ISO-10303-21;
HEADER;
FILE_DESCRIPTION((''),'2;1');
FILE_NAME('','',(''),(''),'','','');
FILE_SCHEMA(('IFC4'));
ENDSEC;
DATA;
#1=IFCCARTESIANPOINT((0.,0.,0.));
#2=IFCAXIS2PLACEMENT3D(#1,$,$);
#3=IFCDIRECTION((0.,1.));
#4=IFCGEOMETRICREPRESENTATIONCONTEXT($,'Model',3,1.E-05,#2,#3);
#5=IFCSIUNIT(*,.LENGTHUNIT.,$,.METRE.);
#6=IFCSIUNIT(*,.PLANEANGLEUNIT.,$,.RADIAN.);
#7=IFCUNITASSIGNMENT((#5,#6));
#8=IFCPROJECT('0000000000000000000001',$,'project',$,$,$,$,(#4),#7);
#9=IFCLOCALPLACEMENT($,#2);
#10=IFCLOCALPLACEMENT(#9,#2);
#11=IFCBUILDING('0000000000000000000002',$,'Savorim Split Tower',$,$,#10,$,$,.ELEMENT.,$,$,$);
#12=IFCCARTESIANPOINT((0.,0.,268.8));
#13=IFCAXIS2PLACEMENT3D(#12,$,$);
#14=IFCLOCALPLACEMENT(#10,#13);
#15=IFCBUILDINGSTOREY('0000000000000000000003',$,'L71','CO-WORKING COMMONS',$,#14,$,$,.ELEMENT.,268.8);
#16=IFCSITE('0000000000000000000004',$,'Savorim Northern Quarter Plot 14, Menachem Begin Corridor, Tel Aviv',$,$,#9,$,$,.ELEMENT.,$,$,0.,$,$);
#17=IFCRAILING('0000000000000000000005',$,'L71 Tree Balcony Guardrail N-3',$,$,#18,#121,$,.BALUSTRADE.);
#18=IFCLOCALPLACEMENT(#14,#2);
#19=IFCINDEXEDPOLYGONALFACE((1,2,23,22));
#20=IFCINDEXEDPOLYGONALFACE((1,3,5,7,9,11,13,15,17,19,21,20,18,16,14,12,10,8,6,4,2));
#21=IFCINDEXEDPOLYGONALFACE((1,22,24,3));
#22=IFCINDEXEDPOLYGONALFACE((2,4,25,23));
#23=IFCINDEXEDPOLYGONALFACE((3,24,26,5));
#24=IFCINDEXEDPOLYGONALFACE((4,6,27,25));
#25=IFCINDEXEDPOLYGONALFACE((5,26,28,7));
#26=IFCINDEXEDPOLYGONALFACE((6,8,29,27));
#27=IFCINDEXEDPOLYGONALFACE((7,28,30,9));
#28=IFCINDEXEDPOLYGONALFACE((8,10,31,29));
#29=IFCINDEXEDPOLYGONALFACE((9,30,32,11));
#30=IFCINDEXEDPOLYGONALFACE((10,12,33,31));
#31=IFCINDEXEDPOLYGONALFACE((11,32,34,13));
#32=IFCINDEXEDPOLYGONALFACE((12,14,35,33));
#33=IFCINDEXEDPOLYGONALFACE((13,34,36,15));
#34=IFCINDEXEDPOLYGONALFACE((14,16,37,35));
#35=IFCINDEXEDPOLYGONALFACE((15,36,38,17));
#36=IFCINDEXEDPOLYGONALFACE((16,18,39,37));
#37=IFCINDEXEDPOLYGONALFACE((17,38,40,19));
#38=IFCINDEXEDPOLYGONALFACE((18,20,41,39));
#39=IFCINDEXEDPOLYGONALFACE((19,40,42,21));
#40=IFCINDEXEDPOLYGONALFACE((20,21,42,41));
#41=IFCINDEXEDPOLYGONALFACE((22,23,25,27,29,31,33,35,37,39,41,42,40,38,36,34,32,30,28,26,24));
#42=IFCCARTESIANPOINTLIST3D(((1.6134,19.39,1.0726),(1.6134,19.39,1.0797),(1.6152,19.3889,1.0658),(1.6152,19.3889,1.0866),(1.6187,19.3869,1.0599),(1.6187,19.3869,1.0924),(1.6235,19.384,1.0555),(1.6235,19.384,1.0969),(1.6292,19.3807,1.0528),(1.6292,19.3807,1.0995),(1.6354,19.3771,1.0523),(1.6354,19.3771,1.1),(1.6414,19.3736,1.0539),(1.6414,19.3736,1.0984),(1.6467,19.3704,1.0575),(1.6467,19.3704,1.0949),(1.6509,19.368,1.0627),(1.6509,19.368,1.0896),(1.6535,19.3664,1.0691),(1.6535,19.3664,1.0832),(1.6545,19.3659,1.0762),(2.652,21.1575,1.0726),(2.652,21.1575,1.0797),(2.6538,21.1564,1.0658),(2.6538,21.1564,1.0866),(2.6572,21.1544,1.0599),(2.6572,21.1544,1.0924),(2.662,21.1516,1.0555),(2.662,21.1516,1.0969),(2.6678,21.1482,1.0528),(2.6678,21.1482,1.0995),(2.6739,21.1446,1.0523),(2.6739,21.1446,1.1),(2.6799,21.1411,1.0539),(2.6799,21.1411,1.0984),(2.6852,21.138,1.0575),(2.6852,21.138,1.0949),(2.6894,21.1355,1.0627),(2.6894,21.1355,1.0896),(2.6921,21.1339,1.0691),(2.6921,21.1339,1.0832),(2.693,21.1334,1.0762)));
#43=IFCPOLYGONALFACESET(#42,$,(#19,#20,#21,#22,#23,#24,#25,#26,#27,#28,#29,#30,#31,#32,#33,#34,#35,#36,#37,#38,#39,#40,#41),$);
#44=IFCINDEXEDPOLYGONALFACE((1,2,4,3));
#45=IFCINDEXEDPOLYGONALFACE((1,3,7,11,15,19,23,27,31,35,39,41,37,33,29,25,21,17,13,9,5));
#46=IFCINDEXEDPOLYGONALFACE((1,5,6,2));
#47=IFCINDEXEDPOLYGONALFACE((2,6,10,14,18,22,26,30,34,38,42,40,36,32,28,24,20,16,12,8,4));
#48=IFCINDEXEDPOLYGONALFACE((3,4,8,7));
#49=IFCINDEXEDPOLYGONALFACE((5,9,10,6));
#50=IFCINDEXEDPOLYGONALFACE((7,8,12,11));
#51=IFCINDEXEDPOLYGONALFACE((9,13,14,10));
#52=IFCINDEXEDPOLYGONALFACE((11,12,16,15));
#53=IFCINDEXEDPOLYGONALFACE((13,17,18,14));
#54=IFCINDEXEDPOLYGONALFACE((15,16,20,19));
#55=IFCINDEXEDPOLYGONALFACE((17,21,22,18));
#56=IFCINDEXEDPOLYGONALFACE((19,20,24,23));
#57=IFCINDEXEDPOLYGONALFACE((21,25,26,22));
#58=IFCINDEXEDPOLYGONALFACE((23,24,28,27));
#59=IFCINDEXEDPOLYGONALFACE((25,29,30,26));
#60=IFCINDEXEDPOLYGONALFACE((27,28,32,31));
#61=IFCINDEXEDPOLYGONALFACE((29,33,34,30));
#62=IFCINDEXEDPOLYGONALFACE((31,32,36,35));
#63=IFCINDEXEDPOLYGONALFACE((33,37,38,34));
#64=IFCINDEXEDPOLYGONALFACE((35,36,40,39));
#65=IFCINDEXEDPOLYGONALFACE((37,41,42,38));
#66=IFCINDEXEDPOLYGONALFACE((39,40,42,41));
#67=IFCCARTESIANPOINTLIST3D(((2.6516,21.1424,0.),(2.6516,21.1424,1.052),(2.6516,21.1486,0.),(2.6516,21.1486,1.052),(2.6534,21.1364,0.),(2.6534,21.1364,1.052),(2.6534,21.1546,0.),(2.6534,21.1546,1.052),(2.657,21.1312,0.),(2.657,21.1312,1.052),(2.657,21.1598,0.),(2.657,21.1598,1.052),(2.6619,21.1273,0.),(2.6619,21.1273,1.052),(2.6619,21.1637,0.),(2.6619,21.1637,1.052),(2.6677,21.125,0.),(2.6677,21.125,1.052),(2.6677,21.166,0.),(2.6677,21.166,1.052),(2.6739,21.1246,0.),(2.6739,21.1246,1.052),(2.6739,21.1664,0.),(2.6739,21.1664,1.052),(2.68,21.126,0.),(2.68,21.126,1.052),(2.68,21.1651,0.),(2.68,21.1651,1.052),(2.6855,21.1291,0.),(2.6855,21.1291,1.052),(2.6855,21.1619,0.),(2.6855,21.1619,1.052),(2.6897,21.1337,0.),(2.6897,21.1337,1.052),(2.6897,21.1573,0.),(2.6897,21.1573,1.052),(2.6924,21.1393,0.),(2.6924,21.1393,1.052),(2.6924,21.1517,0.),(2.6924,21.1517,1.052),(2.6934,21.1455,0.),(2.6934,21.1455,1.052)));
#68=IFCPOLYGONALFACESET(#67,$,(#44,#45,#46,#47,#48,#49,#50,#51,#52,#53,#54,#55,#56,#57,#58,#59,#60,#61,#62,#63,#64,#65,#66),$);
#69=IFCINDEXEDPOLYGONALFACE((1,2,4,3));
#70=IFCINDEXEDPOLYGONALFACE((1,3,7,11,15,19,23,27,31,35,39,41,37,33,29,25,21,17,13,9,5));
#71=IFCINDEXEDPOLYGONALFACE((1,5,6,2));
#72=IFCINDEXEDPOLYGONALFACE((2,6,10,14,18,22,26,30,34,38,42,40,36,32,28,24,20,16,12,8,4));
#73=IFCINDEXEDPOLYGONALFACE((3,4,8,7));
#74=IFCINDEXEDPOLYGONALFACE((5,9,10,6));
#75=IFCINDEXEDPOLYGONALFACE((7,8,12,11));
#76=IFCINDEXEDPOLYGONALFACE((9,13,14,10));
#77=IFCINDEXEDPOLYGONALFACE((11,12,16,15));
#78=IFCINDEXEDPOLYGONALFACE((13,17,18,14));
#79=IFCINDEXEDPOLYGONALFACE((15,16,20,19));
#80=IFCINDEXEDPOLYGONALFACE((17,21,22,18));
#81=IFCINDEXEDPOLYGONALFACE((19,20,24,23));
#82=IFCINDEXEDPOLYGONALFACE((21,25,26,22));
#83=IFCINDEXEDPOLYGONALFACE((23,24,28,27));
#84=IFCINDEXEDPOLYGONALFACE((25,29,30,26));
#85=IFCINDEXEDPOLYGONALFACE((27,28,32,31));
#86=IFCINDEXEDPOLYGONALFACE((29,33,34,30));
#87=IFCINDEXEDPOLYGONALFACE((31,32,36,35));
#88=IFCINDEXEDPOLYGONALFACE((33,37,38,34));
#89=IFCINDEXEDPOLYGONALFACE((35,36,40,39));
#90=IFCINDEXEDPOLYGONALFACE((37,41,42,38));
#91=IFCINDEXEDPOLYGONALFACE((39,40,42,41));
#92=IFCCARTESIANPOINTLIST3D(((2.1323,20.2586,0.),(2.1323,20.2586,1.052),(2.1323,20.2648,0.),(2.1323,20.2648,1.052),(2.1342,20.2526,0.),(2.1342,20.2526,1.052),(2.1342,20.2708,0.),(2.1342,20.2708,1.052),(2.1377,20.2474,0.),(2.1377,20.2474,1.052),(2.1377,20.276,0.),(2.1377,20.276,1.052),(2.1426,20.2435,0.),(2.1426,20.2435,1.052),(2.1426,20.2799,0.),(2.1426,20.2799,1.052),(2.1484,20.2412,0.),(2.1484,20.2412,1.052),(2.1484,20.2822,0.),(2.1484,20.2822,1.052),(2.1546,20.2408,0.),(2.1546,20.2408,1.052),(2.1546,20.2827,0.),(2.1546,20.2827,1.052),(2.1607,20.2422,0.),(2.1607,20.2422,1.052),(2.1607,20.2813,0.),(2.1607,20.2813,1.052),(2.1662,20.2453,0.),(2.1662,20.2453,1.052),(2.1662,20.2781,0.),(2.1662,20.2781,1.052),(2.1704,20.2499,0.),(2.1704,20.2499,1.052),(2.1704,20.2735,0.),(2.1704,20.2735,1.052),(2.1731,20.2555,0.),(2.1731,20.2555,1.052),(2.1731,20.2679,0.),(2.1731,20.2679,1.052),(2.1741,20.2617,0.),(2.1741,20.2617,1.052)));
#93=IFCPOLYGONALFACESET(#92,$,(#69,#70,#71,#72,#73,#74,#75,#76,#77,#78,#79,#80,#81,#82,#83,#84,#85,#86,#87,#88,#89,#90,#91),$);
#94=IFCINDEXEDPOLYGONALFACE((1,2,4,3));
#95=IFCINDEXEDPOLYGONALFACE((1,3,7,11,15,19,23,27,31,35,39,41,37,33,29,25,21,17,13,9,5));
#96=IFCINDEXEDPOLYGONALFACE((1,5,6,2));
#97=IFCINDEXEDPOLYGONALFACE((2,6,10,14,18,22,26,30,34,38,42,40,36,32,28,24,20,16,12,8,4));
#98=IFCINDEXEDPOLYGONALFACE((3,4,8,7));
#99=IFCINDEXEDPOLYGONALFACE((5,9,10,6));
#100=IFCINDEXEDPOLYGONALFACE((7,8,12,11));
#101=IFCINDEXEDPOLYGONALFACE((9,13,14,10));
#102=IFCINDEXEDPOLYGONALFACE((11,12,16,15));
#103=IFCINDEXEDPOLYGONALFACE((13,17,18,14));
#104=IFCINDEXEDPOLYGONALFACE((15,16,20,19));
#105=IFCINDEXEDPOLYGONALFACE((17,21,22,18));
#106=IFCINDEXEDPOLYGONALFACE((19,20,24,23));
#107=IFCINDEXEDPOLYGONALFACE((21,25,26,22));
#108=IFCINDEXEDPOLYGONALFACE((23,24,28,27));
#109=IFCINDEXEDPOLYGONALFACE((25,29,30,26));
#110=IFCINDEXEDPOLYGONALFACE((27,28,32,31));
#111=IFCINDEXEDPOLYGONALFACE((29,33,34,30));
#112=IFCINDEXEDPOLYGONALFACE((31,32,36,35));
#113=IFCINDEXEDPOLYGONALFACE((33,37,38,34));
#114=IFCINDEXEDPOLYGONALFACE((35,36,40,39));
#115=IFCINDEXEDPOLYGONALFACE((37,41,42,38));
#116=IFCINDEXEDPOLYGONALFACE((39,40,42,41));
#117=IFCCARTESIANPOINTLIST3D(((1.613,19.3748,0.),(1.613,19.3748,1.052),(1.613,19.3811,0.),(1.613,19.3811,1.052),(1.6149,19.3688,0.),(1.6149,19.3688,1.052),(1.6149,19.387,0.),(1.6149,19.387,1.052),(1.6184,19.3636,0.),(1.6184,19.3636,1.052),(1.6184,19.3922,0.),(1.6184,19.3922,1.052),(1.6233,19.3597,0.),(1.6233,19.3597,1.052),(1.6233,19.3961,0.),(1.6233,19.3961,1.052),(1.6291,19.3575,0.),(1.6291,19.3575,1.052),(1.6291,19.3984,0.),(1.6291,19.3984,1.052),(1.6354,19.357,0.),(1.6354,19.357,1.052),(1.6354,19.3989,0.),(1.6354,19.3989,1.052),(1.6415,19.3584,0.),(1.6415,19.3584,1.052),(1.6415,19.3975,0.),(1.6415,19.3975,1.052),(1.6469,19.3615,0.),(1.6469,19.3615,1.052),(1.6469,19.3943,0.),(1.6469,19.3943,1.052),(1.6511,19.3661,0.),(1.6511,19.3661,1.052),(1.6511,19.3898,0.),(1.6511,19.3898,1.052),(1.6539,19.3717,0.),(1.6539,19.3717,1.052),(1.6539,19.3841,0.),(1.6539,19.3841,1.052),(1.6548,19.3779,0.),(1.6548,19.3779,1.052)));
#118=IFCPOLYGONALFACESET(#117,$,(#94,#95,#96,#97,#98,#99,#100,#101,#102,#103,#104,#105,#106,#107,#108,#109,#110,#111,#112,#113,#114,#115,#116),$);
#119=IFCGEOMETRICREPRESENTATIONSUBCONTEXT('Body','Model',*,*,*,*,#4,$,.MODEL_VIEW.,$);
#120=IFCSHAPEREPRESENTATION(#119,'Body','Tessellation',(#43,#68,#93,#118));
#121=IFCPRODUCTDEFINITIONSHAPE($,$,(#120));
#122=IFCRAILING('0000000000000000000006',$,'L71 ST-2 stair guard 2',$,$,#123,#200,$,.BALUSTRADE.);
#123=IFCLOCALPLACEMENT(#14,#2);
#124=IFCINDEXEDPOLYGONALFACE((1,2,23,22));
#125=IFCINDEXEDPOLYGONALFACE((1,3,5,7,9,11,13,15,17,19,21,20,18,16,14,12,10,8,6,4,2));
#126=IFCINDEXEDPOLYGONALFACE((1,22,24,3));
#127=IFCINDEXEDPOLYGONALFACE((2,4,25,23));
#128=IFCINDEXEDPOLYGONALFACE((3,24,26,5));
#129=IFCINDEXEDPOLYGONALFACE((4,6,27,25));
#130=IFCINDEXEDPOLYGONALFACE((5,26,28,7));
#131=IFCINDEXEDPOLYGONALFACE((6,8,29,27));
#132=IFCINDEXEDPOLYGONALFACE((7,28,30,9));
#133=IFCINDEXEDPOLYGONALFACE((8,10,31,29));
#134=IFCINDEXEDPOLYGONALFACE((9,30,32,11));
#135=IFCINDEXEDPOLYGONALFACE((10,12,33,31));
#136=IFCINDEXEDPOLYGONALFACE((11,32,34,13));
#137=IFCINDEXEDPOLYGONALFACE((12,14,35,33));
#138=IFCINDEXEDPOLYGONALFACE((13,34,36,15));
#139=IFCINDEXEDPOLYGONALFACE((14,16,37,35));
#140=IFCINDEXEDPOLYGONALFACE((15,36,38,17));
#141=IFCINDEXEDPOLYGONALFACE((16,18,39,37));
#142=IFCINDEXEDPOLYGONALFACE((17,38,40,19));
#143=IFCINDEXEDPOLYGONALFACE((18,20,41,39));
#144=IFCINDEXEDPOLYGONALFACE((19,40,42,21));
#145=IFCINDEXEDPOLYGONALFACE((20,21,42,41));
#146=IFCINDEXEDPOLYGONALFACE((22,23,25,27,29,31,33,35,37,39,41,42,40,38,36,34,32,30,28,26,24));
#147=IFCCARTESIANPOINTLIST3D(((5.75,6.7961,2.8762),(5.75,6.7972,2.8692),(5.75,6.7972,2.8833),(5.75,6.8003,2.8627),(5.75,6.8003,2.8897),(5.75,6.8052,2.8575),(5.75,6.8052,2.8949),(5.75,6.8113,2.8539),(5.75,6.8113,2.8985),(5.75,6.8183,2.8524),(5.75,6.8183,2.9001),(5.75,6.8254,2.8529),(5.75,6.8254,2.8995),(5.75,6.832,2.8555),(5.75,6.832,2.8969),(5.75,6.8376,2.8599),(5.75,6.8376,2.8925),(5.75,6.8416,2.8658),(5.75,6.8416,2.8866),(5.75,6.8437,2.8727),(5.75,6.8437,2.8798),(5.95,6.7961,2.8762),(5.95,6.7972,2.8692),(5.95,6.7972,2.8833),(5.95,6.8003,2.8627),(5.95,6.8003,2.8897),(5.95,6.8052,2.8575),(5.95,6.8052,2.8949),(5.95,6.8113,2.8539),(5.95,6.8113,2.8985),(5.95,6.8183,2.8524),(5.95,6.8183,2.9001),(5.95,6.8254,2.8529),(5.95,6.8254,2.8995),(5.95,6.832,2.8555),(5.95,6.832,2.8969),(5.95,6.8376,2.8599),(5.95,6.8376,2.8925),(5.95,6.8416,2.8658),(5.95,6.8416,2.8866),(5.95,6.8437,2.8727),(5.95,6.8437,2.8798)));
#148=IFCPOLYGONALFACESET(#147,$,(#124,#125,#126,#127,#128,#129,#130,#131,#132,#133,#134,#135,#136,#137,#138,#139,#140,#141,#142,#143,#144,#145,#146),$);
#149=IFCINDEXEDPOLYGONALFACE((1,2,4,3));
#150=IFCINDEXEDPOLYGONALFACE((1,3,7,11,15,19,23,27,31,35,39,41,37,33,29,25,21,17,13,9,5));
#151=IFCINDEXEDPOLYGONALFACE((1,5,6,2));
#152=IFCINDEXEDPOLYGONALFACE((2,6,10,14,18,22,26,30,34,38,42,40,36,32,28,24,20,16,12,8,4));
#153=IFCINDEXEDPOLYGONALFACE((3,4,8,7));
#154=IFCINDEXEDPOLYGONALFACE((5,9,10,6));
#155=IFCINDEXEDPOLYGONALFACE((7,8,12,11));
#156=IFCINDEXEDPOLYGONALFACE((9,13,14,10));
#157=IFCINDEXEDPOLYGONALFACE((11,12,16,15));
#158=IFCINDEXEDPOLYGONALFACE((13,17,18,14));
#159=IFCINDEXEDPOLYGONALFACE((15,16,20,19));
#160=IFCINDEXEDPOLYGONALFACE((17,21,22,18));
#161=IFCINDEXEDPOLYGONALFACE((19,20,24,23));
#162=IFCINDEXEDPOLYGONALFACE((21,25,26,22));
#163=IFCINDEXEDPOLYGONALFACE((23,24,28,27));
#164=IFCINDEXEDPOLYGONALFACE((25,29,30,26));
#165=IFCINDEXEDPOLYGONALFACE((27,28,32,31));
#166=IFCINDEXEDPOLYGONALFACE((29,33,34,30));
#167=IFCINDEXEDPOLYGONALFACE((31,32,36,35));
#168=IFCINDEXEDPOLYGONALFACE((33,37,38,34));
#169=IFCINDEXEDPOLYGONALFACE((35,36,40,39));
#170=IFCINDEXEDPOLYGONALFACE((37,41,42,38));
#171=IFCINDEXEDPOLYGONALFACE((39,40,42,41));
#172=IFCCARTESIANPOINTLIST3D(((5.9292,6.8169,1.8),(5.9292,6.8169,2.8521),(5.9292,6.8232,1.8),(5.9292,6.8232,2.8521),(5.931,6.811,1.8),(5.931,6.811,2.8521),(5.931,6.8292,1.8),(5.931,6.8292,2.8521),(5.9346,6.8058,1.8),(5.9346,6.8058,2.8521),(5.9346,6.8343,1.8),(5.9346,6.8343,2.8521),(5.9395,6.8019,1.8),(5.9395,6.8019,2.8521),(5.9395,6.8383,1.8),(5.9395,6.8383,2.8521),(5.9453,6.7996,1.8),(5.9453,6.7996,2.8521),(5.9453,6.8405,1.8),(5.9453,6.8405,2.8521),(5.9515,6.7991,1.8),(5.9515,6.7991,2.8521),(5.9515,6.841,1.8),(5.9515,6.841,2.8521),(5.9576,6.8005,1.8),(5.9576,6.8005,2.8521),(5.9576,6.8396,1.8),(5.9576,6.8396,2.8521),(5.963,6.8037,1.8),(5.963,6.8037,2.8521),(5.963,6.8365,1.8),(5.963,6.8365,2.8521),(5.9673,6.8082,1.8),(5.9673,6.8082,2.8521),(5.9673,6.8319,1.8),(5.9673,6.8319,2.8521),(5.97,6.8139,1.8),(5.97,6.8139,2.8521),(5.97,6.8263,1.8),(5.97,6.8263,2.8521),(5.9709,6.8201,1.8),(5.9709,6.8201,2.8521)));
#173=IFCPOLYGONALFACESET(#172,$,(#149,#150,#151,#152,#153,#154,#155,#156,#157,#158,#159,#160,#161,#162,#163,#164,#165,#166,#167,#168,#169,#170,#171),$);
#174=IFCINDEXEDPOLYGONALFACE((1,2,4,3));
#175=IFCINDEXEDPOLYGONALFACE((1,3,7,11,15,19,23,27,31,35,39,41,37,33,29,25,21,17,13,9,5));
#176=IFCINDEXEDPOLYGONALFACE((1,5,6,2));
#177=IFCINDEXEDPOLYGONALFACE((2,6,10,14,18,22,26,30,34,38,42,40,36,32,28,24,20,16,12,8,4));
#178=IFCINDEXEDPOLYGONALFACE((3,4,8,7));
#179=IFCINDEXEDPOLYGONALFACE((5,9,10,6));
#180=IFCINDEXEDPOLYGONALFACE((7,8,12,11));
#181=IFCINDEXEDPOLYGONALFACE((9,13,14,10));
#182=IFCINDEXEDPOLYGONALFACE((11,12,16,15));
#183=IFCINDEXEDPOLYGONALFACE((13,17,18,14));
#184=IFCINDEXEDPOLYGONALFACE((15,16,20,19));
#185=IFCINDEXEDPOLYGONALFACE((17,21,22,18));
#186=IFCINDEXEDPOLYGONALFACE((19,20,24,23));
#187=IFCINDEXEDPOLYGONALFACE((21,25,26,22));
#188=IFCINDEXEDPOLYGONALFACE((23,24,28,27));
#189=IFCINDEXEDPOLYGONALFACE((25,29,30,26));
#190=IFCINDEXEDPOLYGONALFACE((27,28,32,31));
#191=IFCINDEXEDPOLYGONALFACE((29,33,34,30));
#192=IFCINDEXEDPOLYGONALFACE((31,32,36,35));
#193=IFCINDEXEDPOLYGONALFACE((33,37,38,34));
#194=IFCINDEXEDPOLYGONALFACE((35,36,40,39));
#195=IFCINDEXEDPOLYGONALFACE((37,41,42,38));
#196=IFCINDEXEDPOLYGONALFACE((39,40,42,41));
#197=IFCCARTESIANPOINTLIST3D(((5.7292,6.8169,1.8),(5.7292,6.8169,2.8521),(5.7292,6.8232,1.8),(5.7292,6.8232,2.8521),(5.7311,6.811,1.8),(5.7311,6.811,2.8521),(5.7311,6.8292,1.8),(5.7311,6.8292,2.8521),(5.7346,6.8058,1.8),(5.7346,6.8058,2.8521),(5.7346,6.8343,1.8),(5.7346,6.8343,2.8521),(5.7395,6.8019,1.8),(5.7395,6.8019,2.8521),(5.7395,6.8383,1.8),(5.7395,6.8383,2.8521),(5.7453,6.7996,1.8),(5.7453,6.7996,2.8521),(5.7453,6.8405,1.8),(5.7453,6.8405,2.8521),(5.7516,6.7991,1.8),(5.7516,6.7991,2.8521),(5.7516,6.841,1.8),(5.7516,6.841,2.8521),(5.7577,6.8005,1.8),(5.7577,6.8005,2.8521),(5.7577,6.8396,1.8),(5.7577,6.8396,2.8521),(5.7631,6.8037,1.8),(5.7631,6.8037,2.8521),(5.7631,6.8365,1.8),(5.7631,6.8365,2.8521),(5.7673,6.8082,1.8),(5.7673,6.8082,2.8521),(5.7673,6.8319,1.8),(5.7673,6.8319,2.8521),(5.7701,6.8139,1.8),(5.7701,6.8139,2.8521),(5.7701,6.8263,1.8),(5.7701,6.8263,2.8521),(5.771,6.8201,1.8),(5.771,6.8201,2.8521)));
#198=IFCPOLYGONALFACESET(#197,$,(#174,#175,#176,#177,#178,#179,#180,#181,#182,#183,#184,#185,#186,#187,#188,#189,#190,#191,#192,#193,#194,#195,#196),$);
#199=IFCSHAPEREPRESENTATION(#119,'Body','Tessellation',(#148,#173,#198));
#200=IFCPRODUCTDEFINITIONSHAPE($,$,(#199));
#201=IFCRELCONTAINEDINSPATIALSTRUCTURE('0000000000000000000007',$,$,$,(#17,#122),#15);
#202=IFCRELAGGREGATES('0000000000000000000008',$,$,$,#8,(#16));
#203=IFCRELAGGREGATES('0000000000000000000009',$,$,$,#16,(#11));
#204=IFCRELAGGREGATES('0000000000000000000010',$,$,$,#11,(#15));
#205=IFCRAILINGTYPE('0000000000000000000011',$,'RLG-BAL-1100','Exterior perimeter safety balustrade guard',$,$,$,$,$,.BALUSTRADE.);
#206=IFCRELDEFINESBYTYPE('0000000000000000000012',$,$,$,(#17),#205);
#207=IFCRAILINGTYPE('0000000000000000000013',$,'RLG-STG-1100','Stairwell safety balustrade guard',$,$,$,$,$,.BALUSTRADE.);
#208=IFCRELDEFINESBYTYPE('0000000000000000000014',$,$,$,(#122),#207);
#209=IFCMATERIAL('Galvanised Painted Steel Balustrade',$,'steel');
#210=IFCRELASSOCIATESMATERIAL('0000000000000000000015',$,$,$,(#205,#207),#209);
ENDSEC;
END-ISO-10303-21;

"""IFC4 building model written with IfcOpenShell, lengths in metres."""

from ifc_helpers import new_model, si_unit, direction, frame, origin, origin_2d, place, context, subcontext, project, spatial, circle, extrude, material, type_object, element, save


model = new_model("IFC4")

# Units and contexts
model_context = context("Model", 3, precision=1e-05, world=origin(), true_north=direction((0.0, 1.0)))
body_context = subcontext(model_context, "Body", "Model", "MODEL_VIEW")
ifc_project = project(units=[si_unit("LENGTHUNIT", "METRE"), si_unit("PLANEANGLEUNIT", "RADIAN")], contexts=[model_context])

# Site, building, storey
site_placement = place(None, origin())
site = spatial("IfcSite", under=ifc_project, at=site_placement, Name="Savorim Northern Quarter Plot 14, Menachem Begin Corridor, Tel Aviv", CompositionType="ELEMENT", RefElevation=0.0)
building_placement = place(site_placement, origin())
building = spatial("IfcBuilding", under=site, at=building_placement, Name="Savorim Split Tower", CompositionType="ELEMENT")
storey_placement = place(building_placement, frame((0.0, 0.0, 268.8)))
storey = spatial("IfcBuildingStorey", under=building, at=storey_placement, Name="L71", Description="CO-WORKING COMMONS", CompositionType="ELEMENT", Elevation=268.8)

# Railings
ifc_material_1 = material(Name="Galvanised Painted Steel Balustrade", Category="steel")
railing_type_1 = type_object("IfcRailingType", Name="RLG-BAL-1100", Description="Exterior perimeter safety balustrade guard", PredefinedType="BALUSTRADE", material=ifc_material_1)
railing_1_placement = place(storey_placement, frame((2.6724, 21.1455, 0.0)))
element("IfcRailing", 1, at=railing_1_placement, inside=storey, type_object=railing_type_1, Name="L71 Tree Balcony Guardrail N-3", PredefinedType="BALUSTRADE", context=body_context, shape_type="SweptSolid", body=[
    extrude(circle(Radius=0.0239, at=origin_2d()), frame((0.0, 0.0, 1.0762), z_axis=(-0.506593, -0.862185, 0.0), x_axis=(0.862185, -0.506593, 0.0)), (0.0, 0.0, 1.0), 2.05),
    extrude(circle(Radius=0.021, at=origin_2d()), origin(), (0.0, 0.0, 1.0), 1.052),
    extrude(circle(Radius=0.021, at=origin_2d()), frame((-0.5193, -0.8838, 0.0)), (0.0, 0.0, 1.0), 1.052),
    extrude(circle(Radius=0.021, at=origin_2d()), frame((-1.0386, -1.7676, 0.0)), (0.0, 0.0, 1.0), 1.052),
])
railing_type_2 = type_object("IfcRailingType", Name="RLG-STG-1100", Description="Stairwell safety balustrade guard", PredefinedType="BALUSTRADE", material=ifc_material_1)
railing_2_placement = place(storey_placement, frame((5.95, 6.8201, 1.8)))
element("IfcRailing", 2, at=railing_2_placement, inside=storey, type_object=railing_type_2, Name="L71 ST-2 stair guard 2", PredefinedType="BALUSTRADE", context=body_context, shape_type="SweptSolid", body=[
    extrude(circle(Radius=0.0239, at=origin_2d()), frame((0.0, 0.0, 1.0762), z_axis=(-1.0, 0.0, 0.0), x_axis=(0.0, -1.0, 0.0)), (0.0, 0.0, 1.0), 0.2),
    extrude(circle(Radius=0.021, at=origin_2d()), origin(), (0.0, 0.0, 1.0), 1.052),
    extrude(circle(Radius=0.021, at=origin_2d()), frame((-0.2, 0.0, 0.0)), (0.0, 0.0, 1.0), 1.052),
])

save(model, "model.ifc")
